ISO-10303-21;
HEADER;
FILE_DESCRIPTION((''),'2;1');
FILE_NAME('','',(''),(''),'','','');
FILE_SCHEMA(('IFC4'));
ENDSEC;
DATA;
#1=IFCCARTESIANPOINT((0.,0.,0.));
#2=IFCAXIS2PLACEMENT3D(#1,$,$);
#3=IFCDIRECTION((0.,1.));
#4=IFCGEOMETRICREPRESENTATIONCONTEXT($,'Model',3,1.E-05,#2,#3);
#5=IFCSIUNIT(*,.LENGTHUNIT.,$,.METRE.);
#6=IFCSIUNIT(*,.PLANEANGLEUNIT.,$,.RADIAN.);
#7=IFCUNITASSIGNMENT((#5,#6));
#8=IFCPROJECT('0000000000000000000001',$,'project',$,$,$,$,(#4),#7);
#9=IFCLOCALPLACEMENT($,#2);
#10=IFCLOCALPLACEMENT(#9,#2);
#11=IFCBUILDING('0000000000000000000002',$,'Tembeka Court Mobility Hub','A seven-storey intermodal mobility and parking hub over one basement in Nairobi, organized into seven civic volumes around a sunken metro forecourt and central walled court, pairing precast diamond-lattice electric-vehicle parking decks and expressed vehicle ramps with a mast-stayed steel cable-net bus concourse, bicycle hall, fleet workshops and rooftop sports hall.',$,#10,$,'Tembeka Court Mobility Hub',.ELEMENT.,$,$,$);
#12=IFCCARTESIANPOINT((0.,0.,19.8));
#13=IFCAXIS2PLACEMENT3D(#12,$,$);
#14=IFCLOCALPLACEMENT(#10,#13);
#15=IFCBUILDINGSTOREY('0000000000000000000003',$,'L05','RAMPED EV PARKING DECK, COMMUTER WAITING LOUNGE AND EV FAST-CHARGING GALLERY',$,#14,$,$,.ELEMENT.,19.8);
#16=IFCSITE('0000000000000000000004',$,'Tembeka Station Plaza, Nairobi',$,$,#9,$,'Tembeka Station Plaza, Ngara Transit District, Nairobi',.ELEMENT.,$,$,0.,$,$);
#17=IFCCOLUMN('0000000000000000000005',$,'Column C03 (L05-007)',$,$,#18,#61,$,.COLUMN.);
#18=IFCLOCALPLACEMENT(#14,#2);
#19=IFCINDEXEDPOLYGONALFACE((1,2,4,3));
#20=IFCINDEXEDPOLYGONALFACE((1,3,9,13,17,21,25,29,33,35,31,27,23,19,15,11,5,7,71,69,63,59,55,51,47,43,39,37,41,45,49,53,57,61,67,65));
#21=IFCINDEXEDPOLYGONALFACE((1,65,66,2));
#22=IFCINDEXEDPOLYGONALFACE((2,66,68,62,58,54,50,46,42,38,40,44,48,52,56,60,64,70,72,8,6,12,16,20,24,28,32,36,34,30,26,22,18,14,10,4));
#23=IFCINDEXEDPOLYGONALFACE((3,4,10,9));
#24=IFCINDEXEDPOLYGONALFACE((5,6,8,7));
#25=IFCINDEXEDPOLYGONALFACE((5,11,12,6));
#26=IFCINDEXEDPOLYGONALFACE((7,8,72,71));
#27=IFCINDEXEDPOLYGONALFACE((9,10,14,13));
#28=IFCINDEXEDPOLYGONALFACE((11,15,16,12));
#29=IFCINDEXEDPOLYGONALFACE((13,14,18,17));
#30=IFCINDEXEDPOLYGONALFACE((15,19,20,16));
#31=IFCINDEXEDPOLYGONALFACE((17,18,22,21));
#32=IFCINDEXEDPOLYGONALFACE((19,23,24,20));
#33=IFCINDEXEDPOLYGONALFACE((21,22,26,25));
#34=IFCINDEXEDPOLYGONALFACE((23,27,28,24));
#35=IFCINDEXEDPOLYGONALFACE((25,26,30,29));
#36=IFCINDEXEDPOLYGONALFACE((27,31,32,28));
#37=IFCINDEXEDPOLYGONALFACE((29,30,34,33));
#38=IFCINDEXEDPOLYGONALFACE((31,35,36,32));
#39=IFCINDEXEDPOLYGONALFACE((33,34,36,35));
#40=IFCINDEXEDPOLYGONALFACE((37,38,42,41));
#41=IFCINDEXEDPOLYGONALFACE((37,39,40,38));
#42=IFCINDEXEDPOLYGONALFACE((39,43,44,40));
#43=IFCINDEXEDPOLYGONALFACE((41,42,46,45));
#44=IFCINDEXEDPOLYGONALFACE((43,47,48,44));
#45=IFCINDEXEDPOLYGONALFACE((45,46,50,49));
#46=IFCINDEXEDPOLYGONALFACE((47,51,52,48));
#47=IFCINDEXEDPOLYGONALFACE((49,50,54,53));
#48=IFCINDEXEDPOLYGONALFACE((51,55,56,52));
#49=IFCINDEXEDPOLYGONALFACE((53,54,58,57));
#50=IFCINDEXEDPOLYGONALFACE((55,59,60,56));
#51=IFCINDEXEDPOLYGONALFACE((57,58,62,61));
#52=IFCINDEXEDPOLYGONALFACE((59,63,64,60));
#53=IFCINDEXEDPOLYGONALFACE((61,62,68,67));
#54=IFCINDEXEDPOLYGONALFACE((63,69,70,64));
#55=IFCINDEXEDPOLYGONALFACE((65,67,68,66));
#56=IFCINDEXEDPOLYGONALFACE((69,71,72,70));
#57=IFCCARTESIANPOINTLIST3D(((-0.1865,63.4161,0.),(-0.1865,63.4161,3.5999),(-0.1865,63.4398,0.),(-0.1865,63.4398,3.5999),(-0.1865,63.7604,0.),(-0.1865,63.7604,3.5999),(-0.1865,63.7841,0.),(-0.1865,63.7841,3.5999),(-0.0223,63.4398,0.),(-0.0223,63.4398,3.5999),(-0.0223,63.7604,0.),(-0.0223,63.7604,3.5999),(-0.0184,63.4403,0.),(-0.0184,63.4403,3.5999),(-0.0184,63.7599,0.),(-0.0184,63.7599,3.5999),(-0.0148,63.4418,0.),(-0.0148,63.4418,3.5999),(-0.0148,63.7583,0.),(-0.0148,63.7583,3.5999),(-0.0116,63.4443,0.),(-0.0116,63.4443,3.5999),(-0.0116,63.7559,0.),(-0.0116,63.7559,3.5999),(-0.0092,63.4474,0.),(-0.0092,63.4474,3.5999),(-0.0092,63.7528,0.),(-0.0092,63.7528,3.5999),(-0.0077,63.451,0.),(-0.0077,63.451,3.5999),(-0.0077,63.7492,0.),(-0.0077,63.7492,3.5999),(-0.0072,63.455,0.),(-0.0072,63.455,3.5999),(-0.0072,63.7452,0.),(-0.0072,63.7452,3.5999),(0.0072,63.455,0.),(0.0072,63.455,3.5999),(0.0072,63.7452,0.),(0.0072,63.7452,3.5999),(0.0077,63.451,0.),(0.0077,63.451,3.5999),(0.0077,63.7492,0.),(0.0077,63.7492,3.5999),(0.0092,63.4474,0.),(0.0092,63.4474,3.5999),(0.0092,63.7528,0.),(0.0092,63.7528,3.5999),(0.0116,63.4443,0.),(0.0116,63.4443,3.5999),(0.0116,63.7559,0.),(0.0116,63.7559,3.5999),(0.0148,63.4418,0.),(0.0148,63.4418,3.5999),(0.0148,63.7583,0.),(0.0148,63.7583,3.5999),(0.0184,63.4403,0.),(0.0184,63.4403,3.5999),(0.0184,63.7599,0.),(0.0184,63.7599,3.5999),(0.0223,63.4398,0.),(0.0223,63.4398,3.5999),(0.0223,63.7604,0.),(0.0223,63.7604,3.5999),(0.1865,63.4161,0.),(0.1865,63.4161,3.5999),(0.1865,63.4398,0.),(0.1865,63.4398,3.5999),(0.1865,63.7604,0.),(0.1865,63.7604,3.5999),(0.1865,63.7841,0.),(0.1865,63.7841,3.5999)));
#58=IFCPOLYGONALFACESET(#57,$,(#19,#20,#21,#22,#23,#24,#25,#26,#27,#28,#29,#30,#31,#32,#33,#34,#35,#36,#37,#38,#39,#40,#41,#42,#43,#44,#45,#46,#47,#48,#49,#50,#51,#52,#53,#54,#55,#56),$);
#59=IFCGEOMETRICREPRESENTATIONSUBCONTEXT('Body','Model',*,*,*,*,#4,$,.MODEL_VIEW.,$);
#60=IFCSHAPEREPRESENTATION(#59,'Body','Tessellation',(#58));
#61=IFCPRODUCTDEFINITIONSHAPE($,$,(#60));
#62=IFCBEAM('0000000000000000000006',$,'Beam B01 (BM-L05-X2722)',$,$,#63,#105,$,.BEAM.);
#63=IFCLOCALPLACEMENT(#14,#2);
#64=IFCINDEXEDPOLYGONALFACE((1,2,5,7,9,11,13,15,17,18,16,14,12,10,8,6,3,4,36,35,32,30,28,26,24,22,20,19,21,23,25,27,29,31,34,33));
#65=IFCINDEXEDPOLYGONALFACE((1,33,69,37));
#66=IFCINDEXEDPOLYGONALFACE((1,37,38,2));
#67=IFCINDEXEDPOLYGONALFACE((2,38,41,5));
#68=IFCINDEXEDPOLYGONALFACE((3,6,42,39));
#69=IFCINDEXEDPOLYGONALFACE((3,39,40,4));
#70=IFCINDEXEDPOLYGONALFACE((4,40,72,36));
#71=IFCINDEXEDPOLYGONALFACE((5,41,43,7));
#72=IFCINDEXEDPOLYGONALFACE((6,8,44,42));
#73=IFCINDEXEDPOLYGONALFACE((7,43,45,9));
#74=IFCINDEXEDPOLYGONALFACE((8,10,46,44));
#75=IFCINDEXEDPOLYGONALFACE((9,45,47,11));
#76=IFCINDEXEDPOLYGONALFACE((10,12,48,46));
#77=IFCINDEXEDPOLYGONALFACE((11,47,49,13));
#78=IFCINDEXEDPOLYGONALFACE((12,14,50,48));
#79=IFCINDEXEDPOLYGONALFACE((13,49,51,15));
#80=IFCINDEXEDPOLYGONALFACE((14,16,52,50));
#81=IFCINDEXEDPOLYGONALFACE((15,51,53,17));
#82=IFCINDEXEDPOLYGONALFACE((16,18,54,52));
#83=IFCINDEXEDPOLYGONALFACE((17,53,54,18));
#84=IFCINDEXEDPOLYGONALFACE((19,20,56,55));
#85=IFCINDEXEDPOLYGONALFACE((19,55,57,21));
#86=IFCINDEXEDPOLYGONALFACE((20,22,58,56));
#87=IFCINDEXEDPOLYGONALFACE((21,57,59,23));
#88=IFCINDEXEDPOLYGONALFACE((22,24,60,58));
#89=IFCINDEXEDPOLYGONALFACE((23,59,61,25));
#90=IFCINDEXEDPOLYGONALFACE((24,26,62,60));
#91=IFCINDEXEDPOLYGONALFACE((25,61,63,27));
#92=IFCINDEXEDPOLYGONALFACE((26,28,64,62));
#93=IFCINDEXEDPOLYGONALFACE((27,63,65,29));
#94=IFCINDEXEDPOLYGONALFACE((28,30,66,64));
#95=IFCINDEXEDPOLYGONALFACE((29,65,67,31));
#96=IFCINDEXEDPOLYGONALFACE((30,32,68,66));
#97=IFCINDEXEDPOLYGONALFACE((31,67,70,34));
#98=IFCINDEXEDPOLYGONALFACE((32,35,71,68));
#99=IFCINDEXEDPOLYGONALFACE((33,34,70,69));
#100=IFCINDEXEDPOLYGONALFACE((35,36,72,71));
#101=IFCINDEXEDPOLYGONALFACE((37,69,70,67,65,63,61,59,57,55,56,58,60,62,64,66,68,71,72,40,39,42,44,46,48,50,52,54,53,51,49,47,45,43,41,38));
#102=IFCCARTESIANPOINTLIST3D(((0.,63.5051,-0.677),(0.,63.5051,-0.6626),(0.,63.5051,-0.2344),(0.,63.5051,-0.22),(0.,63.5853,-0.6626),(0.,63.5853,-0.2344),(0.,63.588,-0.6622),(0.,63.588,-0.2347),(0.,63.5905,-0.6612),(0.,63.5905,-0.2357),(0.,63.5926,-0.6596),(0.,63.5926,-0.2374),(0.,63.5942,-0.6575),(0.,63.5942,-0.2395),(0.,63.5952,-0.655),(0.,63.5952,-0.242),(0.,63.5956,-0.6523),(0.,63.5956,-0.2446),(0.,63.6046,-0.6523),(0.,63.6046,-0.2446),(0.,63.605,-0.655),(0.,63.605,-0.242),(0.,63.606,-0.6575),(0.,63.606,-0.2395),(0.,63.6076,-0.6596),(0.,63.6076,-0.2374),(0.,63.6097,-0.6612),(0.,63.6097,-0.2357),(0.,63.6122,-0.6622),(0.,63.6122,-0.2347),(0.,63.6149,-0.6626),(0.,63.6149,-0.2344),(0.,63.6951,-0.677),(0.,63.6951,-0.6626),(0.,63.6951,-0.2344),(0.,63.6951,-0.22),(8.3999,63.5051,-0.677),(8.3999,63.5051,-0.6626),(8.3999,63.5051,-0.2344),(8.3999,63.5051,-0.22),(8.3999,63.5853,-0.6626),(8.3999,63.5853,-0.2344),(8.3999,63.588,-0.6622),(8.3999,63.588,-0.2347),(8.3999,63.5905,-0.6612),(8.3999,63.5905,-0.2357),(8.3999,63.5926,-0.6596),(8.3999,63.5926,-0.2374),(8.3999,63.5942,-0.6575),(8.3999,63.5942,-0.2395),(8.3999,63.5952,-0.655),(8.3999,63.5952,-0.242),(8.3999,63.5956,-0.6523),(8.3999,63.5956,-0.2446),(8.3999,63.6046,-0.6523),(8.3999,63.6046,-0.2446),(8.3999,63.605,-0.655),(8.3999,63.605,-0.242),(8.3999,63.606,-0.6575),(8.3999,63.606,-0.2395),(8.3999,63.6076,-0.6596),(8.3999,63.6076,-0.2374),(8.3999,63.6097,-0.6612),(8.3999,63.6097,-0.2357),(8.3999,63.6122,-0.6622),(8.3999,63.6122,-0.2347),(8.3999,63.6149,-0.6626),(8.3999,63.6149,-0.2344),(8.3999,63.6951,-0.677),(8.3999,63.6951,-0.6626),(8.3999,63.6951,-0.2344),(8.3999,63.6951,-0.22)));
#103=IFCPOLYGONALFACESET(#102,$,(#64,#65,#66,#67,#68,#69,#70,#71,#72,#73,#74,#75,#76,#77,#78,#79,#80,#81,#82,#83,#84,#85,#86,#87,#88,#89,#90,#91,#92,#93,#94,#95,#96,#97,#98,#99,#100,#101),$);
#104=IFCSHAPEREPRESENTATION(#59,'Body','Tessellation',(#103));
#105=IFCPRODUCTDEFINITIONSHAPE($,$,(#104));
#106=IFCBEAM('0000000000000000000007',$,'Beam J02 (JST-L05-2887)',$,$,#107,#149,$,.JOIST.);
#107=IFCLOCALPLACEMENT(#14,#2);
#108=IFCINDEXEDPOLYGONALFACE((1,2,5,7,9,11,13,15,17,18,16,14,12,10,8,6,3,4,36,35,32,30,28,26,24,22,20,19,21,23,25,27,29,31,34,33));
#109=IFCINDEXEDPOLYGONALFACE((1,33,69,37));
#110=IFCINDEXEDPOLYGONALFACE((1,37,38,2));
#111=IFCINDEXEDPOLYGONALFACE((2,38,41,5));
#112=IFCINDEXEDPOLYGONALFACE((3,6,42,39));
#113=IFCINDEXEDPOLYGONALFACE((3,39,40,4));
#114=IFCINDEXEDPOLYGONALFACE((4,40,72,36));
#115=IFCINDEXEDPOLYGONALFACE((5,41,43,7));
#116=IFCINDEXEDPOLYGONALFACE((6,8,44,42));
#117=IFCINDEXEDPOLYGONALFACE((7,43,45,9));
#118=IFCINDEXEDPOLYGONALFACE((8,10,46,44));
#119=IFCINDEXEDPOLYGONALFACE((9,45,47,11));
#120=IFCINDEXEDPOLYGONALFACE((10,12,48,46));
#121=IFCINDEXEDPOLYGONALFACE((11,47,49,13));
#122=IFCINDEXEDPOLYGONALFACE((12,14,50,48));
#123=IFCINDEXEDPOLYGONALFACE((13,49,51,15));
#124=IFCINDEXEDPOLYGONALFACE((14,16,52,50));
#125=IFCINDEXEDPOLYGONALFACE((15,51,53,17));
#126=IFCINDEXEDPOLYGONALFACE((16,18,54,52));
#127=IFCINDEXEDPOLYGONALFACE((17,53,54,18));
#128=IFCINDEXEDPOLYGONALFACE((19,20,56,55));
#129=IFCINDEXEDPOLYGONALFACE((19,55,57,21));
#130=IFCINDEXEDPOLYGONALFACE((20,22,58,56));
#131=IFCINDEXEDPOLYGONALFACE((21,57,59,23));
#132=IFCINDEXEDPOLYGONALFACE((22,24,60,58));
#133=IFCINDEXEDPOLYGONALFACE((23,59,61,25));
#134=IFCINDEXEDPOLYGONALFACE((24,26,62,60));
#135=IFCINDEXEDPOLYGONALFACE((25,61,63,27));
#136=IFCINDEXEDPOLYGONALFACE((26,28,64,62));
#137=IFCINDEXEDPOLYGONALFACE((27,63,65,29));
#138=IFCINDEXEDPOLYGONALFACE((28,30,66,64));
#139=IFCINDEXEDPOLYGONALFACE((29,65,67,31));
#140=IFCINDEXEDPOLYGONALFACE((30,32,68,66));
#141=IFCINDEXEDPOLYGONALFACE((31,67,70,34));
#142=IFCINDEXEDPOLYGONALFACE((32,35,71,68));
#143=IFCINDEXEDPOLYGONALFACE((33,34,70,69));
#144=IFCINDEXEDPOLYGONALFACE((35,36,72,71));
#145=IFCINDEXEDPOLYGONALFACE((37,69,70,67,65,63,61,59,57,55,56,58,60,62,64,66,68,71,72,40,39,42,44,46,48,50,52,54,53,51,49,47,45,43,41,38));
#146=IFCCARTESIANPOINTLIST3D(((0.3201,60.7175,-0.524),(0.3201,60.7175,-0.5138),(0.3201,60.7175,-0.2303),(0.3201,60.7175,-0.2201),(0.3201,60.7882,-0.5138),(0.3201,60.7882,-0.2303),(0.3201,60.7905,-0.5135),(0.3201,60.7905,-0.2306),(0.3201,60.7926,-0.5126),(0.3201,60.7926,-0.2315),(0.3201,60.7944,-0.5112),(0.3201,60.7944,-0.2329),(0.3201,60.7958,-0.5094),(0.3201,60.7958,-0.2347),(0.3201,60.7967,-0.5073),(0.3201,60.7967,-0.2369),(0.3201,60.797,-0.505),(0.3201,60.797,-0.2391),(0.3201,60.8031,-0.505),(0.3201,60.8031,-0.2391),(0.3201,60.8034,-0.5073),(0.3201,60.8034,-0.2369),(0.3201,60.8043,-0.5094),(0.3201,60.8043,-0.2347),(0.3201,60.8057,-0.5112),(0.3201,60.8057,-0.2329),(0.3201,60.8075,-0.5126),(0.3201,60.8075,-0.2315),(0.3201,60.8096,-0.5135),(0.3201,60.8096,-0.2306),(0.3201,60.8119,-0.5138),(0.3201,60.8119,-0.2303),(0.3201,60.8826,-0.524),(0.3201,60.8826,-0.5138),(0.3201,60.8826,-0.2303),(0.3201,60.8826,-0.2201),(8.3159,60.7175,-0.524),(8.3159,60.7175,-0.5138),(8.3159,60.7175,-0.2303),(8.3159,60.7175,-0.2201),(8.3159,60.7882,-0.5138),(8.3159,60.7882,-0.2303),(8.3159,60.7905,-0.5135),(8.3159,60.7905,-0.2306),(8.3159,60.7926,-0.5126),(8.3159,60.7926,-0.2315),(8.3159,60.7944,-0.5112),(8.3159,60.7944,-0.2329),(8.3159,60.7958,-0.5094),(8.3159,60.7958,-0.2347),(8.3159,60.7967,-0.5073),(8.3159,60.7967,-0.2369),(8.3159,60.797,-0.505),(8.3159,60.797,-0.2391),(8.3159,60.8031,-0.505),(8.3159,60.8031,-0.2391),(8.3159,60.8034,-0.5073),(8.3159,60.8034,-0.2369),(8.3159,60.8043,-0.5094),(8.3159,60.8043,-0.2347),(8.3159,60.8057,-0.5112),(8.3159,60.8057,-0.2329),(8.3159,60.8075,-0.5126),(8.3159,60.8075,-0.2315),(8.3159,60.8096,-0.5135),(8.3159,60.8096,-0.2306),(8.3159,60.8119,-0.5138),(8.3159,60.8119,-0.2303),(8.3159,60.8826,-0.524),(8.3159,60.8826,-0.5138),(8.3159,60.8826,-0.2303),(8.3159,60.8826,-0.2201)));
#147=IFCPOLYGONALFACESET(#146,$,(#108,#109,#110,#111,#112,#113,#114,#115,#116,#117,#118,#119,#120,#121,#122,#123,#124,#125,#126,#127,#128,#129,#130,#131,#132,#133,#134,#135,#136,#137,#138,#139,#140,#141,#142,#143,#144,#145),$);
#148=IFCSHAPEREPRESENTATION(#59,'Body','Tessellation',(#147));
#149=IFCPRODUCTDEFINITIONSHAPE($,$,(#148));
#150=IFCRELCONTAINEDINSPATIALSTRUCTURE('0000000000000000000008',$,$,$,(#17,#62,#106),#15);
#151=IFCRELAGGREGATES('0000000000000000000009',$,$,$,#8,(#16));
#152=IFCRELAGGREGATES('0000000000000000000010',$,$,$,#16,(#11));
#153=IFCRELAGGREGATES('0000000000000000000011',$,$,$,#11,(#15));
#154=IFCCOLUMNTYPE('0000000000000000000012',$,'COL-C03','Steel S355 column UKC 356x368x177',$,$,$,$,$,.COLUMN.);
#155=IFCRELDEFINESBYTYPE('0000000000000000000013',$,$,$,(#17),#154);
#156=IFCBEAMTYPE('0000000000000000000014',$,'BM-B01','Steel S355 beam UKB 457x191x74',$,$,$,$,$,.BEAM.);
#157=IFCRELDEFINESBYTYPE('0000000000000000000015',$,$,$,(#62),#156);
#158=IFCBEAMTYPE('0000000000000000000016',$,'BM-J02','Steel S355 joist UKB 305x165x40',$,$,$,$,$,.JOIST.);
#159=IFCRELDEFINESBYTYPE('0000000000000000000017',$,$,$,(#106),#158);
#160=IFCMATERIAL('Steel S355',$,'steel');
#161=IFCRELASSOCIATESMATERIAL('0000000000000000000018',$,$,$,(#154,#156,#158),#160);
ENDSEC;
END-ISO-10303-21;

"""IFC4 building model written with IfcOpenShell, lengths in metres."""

from ifc_helpers import new_model, si_unit, direction, frame, origin, origin_2d, place, context, subcontext, project, spatial, i_section, extrude, material, material_profile, profile_set, type_object, element, save


model = new_model("IFC4")

# Units and contexts
model_context = context("Model", 3, precision=1e-05, world=origin(), true_north=direction((0.0, 1.0)))
body_context = subcontext(model_context, "Body", "Model", "MODEL_VIEW")
ifc_project = project(units=[si_unit("LENGTHUNIT", "METRE"), si_unit("PLANEANGLEUNIT", "RADIAN")], contexts=[model_context])

# Site, building, storey
site_placement = place(None, origin())
site = spatial("IfcSite", under=ifc_project, at=site_placement, Name="Tembeka Station Plaza, Nairobi", LongName="Tembeka Station Plaza, Ngara Transit District, Nairobi", CompositionType="ELEMENT", RefElevation=0.0)
building_placement = place(site_placement, origin())
building = spatial("IfcBuilding", under=site, at=building_placement, Name="Tembeka Court Mobility Hub", Description="A seven-storey intermodal mobility and parking hub over one basement in Nairobi, organized into seven civic volumes around a sunken metro forecourt and central walled court, pairing precast diamond-lattice electric-vehicle parking decks and expressed vehicle ramps with a mast-stayed steel cable-net bus concourse, bicycle hall, fleet workshops and rooftop sports hall.", LongName="Tembeka Court Mobility Hub", CompositionType="ELEMENT")
storey_placement = place(building_placement, frame((0.0, 0.0, 19.8)))
storey = spatial("IfcBuildingStorey", under=building, at=storey_placement, Name="L05", Description="RAMPED EV PARKING DECK, COMMUTER WAITING LOUNGE AND EV FAST-CHARGING GALLERY", CompositionType="ELEMENT", Elevation=19.8)

# Column
ifc_material_1 = material(Name="Steel S355", Category="steel")
ifc_material_profile_1 = material_profile(ifc_material_1, i_section(OverallWidth=0.373, OverallDepth=0.3679, WebThickness=0.0144, FlangeThickness=0.0237, FilletRadius=0.0151, at=origin_2d()), Name="UKC 356x368x177")
ifc_profile_set_1 = profile_set([ifc_material_profile_1], Name="Steel S355")
column_type = type_object("IfcColumnType", Name="COL-C03", Description="Steel S355 column UKC 356x368x177", PredefinedType="COLUMN", material=ifc_profile_set_1)
column_placement = place(storey_placement, frame((0.0, 63.6001, 0.0), z_axis=(0.0, 0.0, 1.0), x_axis=(1.0, 0.0, 0.0)))
element("IfcColumn", 1, at=column_placement, inside=storey, type_object=column_type, Name="Column C03 (L05-007)", PredefinedType="COLUMN", context=body_context, shape_type="SweptSolid", body=[
    extrude(i_section(OverallWidth=0.373, OverallDepth=0.3679, WebThickness=0.0144, FlangeThickness=0.0237, FilletRadius=0.0151, at=origin_2d()), origin(), (0.0, 0.0, 1.0), 3.5999),
])

# Beams
ifc_material_profile_2 = material_profile(ifc_material_1, i_section(OverallWidth=0.1899, OverallDepth=0.457, WebThickness=0.009, FlangeThickness=0.0144, FilletRadius=0.0103, at=origin_2d()), Name="UKB 457x191x74")
ifc_profile_set_2 = profile_set([ifc_material_profile_2], Name="Steel S355")
beam_type_1 = type_object("IfcBeamType", Name="BM-B01", Description="Steel S355 beam UKB 457x191x74", PredefinedType="BEAM", material=ifc_profile_set_2)
beam_1_placement = place(storey_placement, frame((0.0, 63.6001, -0.4485), z_axis=(1.0, 0.0, 0.0), x_axis=(0.0, 1.0, 0.0)))
element("IfcBeam", 2, at=beam_1_placement, inside=storey, type_object=beam_type_1, Name="Beam B01 (BM-L05-X2722)", PredefinedType="BEAM", context=body_context, shape_type="SweptSolid", body=[
    extrude(i_section(OverallWidth=0.1899, OverallDepth=0.457, WebThickness=0.009, FlangeThickness=0.0144, FilletRadius=0.0103, at=origin_2d()), origin(), (0.0, 0.0, 1.0), 8.3999),
])
ifc_material_profile_3 = material_profile(ifc_material_1, i_section(OverallWidth=0.165, OverallDepth=0.304, WebThickness=0.0061, FlangeThickness=0.0103, FilletRadius=0.0088, at=origin_2d()), Name="UKB 305x165x40")
ifc_profile_set_3 = profile_set([ifc_material_profile_3], Name="Steel S355")
beam_type_2 = type_object("IfcBeamType", Name="BM-J02", Description="Steel S355 joist UKB 305x165x40", PredefinedType="JOIST", material=ifc_profile_set_3)
beam_2_placement = place(storey_placement, frame((0.3201, 60.8, -0.3721), z_axis=(1.0, 0.0, 0.0), x_axis=(0.0, 1.0, 0.0)))
element("IfcBeam", 3, at=beam_2_placement, inside=storey, type_object=beam_type_2, Name="Beam J02 (JST-L05-2887)", PredefinedType="JOIST", context=body_context, shape_type="SweptSolid", body=[
    extrude(i_section(OverallWidth=0.165, OverallDepth=0.304, WebThickness=0.0061, FlangeThickness=0.0103, FilletRadius=0.0088, at=origin_2d()), origin(), (0.0, 0.0, 1.0), 7.9958),
])

save(model, "model.ifc")
